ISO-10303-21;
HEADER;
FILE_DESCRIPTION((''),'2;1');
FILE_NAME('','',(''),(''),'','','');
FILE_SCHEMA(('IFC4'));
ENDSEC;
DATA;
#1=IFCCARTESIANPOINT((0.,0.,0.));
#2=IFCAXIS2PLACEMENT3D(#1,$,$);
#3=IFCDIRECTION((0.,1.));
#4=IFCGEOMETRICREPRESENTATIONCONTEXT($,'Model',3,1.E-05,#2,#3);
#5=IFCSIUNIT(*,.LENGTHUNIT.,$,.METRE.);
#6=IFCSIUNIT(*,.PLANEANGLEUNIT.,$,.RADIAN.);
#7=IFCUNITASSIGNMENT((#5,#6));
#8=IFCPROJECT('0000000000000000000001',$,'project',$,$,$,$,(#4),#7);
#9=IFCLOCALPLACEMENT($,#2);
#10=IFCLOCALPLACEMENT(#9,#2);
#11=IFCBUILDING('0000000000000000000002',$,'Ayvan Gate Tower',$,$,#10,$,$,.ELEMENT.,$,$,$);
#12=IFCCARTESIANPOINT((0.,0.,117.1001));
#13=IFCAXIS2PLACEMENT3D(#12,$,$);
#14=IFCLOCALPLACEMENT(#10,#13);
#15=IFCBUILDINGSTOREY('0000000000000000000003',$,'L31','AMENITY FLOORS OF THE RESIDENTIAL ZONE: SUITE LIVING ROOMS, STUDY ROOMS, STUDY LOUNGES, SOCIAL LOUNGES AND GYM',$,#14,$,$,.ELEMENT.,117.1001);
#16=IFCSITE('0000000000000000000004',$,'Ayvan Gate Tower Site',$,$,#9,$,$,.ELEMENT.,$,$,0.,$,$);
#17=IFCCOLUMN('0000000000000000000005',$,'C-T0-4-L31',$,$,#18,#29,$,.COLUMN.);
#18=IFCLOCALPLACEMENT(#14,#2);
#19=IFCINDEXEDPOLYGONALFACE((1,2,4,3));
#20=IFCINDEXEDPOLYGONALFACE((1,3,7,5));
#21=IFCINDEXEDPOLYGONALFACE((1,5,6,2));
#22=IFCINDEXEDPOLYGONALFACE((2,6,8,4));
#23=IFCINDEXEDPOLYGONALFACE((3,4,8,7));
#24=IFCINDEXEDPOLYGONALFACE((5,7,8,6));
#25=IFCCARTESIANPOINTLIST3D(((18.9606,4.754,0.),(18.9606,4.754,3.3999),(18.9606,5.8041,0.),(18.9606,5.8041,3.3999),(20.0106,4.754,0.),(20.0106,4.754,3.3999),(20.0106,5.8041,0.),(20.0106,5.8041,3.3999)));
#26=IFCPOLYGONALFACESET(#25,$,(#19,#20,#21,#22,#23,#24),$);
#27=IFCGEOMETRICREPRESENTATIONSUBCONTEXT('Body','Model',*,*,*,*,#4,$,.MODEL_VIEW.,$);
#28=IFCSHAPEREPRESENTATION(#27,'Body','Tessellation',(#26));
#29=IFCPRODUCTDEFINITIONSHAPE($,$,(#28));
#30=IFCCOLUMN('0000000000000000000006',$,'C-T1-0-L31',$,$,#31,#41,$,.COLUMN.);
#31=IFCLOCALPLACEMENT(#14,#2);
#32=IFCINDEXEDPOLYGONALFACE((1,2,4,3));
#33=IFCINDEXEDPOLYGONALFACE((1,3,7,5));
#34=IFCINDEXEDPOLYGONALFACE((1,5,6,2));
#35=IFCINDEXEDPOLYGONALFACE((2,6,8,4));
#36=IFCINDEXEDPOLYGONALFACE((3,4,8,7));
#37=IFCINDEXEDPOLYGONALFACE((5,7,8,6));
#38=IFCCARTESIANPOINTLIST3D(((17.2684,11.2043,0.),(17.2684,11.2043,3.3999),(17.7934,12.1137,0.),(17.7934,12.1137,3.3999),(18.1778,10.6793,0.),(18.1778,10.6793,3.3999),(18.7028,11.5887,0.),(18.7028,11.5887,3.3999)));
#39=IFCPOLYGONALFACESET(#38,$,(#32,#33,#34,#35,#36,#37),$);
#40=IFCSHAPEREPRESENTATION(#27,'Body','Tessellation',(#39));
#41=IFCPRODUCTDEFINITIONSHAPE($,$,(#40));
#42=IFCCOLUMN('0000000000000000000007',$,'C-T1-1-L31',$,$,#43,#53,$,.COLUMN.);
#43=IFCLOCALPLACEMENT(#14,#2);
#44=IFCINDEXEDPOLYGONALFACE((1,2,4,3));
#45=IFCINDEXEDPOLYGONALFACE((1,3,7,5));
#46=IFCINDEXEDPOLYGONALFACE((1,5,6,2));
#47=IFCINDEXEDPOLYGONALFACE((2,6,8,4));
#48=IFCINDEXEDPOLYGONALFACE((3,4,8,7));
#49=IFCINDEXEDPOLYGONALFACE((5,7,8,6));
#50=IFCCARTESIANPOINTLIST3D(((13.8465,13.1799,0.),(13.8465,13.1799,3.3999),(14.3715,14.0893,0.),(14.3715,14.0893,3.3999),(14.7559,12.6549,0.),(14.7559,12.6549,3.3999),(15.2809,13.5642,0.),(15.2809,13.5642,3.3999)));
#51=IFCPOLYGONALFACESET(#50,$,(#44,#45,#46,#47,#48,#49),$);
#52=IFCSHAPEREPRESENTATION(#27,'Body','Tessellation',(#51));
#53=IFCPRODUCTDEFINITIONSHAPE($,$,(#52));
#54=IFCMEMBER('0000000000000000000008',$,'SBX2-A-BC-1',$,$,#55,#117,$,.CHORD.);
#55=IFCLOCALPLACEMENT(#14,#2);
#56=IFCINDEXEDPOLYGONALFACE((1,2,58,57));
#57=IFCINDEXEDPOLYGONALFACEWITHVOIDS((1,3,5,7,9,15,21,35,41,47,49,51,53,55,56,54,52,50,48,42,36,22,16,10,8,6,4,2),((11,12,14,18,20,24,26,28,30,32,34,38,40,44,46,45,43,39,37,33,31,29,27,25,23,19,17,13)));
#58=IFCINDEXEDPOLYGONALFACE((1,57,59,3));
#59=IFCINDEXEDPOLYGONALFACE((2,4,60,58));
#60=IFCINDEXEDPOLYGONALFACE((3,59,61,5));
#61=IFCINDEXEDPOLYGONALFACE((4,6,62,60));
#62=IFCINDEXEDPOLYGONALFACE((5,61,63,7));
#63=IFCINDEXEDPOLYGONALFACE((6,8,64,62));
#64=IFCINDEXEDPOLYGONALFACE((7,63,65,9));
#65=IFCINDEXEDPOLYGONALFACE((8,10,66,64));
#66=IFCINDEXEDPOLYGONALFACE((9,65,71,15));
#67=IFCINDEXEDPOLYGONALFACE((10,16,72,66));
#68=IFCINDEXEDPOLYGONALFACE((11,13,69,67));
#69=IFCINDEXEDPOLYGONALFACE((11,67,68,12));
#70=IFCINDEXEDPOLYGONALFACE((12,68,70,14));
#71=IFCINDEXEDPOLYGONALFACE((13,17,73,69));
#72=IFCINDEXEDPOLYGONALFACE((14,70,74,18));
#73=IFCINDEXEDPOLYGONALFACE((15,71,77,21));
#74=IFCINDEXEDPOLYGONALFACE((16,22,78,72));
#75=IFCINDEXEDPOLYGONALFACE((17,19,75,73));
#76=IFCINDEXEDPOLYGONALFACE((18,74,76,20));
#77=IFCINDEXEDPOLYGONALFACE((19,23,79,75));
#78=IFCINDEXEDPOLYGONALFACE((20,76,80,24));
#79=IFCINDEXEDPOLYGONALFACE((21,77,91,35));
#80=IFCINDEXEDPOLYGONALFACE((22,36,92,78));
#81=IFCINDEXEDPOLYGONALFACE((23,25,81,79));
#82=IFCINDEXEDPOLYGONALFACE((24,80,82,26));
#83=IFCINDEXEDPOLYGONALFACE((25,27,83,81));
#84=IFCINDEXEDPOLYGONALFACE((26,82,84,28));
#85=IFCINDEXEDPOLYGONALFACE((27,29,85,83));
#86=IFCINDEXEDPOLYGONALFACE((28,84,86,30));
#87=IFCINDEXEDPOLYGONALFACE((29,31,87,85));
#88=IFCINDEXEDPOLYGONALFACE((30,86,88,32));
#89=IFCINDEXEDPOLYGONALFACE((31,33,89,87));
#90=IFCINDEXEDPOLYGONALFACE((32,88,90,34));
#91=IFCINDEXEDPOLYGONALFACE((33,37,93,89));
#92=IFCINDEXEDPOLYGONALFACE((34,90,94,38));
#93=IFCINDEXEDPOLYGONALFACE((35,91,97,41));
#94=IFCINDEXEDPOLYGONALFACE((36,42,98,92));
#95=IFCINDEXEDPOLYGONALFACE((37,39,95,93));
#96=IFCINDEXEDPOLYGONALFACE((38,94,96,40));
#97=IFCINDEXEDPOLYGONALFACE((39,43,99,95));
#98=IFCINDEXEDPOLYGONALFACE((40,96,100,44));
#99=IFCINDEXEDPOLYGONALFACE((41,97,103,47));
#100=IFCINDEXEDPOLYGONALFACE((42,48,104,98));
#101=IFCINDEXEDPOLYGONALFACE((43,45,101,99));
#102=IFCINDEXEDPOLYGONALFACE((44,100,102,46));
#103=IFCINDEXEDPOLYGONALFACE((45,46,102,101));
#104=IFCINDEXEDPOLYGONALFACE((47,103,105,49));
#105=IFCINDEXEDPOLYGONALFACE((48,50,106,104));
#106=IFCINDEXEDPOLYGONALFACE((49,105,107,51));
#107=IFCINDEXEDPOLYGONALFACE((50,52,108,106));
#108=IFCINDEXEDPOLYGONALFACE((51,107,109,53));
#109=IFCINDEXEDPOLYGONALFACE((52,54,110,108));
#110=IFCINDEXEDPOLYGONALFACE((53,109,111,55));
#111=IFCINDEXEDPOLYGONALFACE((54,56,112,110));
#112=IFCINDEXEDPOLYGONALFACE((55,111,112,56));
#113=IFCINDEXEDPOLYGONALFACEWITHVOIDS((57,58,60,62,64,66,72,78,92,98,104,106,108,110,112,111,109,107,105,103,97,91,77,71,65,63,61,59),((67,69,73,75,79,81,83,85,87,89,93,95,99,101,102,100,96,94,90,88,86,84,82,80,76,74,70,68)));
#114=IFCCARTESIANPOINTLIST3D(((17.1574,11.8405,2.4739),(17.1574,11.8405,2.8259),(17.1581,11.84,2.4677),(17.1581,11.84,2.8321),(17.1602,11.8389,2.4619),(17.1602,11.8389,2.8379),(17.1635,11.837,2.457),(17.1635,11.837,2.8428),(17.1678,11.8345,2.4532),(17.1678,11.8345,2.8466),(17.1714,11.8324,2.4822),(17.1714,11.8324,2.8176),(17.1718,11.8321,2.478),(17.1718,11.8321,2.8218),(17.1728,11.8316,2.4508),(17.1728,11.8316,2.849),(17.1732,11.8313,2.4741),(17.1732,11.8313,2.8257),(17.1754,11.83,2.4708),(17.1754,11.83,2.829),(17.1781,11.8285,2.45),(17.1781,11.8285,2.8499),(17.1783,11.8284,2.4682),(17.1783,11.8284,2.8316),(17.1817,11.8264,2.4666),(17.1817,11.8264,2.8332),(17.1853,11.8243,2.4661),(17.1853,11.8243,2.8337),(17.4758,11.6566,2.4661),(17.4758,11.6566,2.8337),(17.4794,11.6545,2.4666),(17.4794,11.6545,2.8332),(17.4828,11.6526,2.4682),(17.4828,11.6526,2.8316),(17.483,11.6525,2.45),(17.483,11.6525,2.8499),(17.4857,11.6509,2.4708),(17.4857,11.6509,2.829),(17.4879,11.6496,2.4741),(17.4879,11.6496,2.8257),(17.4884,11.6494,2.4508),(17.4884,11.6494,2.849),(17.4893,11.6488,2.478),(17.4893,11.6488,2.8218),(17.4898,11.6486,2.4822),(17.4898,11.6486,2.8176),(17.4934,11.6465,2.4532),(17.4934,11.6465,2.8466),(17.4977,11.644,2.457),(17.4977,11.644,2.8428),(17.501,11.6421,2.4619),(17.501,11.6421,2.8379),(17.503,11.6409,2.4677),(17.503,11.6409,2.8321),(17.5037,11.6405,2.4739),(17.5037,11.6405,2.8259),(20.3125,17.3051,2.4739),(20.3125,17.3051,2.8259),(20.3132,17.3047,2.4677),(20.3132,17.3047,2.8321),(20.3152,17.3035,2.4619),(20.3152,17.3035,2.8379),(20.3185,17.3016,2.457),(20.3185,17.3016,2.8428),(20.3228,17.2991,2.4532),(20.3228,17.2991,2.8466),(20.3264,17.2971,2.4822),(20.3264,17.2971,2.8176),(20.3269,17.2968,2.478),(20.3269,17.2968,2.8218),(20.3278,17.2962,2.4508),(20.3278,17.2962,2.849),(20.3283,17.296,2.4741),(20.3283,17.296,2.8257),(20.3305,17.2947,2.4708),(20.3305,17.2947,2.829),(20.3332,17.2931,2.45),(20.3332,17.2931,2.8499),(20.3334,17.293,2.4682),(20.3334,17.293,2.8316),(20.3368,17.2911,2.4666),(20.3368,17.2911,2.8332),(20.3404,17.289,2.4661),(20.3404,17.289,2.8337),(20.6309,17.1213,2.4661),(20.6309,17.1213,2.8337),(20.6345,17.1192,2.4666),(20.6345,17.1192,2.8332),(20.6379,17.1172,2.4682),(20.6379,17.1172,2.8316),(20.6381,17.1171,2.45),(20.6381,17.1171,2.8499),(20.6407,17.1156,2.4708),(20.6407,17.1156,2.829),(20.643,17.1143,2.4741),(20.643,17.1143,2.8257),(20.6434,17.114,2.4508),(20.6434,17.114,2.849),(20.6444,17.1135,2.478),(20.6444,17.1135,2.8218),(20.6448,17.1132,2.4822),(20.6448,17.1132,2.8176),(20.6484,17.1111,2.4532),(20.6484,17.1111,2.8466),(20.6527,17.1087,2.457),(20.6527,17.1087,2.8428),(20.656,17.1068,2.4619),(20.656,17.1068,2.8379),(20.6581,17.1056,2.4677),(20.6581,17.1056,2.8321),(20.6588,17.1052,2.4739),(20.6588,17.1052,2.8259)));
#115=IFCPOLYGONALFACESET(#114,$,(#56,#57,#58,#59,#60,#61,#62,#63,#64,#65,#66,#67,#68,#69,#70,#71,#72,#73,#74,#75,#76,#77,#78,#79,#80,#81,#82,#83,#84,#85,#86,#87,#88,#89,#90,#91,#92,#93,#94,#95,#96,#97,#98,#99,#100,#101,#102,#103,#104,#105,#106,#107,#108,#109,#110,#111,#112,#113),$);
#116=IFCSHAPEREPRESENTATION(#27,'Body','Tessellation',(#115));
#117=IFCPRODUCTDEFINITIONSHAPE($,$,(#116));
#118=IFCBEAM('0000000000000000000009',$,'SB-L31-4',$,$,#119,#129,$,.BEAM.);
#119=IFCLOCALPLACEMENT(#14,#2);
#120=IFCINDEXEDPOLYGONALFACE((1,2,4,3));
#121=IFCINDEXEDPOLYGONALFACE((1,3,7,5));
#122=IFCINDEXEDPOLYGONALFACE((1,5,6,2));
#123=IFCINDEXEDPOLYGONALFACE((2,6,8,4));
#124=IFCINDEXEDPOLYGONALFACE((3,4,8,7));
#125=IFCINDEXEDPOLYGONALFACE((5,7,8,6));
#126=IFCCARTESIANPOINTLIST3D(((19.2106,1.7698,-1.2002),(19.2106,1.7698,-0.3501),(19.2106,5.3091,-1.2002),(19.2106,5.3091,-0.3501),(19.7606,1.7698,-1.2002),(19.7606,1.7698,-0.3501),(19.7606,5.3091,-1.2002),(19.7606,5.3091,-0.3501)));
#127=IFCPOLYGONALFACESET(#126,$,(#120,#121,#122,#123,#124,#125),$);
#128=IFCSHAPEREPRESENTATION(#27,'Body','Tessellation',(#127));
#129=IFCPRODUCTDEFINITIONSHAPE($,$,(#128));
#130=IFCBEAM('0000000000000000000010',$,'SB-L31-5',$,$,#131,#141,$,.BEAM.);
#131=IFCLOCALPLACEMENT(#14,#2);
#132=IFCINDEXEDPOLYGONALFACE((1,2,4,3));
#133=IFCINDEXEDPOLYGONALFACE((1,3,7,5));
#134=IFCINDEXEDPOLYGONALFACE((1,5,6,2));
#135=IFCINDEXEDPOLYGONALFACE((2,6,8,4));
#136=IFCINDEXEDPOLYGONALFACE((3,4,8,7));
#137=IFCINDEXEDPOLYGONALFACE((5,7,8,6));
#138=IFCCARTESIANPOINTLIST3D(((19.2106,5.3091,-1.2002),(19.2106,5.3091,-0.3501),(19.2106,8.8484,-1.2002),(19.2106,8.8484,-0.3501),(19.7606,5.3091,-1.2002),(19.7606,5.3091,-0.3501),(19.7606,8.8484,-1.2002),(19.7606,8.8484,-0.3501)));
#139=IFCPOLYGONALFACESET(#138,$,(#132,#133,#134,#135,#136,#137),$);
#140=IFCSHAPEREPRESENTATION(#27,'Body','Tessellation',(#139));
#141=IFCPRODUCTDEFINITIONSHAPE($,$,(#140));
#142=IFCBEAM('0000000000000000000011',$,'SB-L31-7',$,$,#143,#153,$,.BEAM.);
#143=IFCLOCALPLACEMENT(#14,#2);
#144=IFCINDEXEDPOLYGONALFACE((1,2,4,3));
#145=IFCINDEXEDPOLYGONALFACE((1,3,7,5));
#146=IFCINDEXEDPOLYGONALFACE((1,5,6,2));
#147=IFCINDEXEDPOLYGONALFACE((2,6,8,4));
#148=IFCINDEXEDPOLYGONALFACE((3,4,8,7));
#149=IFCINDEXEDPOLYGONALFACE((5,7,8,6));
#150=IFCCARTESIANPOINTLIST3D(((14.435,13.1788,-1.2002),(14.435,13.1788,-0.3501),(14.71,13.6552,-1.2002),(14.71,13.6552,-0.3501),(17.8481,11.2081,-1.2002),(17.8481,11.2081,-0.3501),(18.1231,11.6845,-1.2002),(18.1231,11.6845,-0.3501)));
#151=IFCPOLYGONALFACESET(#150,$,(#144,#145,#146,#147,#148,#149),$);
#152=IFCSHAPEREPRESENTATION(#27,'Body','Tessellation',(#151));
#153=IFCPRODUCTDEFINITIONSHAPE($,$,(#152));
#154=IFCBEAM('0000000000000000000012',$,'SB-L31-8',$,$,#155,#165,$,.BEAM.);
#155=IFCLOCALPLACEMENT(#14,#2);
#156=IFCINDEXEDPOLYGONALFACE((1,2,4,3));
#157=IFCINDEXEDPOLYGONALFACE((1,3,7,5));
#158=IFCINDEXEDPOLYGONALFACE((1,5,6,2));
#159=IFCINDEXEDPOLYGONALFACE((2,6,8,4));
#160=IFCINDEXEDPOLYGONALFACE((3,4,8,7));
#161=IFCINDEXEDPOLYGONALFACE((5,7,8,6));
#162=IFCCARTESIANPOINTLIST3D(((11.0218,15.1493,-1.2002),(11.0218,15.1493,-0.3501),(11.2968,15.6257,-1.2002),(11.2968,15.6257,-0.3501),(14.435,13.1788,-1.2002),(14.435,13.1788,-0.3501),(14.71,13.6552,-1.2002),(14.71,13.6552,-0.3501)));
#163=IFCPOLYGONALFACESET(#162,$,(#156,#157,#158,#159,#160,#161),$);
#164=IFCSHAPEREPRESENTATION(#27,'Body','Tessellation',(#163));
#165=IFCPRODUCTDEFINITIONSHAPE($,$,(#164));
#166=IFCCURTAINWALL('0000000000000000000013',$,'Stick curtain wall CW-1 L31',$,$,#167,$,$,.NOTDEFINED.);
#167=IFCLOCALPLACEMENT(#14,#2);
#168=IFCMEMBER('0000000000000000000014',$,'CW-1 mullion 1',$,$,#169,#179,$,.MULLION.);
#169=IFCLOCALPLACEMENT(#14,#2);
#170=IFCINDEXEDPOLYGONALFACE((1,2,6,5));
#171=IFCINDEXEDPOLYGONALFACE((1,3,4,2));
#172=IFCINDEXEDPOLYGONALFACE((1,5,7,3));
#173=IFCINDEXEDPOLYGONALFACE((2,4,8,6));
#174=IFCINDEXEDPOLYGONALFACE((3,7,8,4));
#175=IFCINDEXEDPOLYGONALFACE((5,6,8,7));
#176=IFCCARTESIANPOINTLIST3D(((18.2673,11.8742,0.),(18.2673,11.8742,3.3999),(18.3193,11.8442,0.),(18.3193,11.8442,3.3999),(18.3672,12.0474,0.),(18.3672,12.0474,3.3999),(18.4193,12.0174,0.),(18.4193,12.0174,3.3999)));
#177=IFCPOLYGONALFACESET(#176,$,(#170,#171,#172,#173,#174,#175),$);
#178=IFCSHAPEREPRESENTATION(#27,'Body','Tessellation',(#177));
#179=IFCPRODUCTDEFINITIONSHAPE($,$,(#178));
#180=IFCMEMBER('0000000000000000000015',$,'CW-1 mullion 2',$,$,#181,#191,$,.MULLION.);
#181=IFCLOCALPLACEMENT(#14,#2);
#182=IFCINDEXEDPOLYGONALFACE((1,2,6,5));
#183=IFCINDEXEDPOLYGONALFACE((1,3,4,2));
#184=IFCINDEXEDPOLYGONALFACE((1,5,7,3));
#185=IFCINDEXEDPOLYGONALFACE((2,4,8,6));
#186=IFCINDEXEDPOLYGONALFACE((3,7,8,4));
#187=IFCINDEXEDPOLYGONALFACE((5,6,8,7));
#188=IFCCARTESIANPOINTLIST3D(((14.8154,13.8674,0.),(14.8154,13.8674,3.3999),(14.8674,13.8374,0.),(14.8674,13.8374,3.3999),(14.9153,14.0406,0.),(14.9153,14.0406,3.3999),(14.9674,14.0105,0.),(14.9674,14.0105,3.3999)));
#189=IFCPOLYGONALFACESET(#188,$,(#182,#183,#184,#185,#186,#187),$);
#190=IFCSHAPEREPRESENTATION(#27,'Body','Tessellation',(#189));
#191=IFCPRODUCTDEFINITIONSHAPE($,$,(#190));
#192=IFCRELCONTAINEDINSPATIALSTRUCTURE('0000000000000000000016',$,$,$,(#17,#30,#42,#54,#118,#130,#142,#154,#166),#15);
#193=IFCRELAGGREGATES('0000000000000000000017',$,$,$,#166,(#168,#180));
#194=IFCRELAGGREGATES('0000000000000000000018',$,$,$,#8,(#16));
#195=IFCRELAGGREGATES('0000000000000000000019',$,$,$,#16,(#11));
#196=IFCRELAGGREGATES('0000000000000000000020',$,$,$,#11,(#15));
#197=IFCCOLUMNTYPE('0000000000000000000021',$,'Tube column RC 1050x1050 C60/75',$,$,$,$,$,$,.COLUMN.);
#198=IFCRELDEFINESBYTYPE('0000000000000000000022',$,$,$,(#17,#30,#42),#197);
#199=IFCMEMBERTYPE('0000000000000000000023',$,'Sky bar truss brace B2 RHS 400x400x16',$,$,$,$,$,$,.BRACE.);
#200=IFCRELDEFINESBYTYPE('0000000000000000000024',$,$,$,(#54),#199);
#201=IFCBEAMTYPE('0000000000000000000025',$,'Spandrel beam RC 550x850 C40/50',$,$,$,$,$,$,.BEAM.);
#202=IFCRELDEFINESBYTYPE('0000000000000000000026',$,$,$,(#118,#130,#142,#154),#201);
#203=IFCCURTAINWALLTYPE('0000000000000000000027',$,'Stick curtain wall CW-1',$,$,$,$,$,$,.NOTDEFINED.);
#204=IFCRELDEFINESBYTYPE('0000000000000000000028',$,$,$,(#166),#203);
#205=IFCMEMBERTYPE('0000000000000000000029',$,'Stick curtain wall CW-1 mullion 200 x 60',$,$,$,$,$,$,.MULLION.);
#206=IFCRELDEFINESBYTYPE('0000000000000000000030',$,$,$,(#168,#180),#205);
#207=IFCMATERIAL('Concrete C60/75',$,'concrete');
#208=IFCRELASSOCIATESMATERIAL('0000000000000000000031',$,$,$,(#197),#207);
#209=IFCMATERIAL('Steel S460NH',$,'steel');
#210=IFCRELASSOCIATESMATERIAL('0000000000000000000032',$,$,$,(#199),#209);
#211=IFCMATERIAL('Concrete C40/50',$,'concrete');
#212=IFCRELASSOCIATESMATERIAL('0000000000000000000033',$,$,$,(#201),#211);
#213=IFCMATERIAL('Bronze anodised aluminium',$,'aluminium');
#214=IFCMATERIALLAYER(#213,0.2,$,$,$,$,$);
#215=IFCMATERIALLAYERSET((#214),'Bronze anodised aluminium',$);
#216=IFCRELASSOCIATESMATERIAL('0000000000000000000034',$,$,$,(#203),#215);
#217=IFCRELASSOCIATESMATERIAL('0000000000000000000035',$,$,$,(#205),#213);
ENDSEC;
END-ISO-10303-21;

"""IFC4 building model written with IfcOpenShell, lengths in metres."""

from ifc_helpers import new_model, si_unit, direction, frame, origin, origin_2d, place, context, subcontext, project, spatial, rectangle, hollow_rectangle, extrude, material, layer, layer_set, material_profile, profile_set, type_object, element, aggregate, save


model = new_model("IFC4")

# Units and contexts
model_context = context("Model", 3, precision=1e-05, world=origin(), true_north=direction((0.0, 1.0)))
body_context = subcontext(model_context, "Body", "Model", "MODEL_VIEW")
ifc_project = project(units=[si_unit("LENGTHUNIT", "METRE"), si_unit("PLANEANGLEUNIT", "RADIAN")], contexts=[model_context])

# Site, building, storey
site_placement = place(None, origin())
site = spatial("IfcSite", under=ifc_project, at=site_placement, Name="Ayvan Gate Tower Site", CompositionType="ELEMENT", RefElevation=0.0)
building_placement = place(site_placement, origin())
building = spatial("IfcBuilding", under=site, at=building_placement, Name="Ayvan Gate Tower", CompositionType="ELEMENT")
storey_placement = place(building_placement, frame((0.0, 0.0, 117.1001)))
storey = spatial("IfcBuildingStorey", under=building, at=storey_placement, Name="L31", Description="AMENITY FLOORS OF THE RESIDENTIAL ZONE: SUITE LIVING ROOMS, STUDY ROOMS, STUDY LOUNGES, SOCIAL LOUNGES AND GYM", CompositionType="ELEMENT", Elevation=117.1001)

# Columns
ifc_material_1 = material(Name="Concrete C60/75", Category="concrete")
ifc_material_profile_1 = material_profile(ifc_material_1, rectangle(XDim=1.05, YDim=1.05, at=origin_2d()), Name="RC 1050x1050")
ifc_profile_set_1 = profile_set([ifc_material_profile_1], Name="Concrete C60/75")
column_type = type_object("IfcColumnType", Name="Tube column RC 1050x1050 C60/75", PredefinedType="COLUMN", material=ifc_profile_set_1)
for number, where, z_axis, x_axis, name in (
    (1, (19.4856, 5.2791, 0.0), (0.0, 0.0, 1.0), (1.0, 0.0, 0.0), "C-T0-4-L31"),
    (2, (17.9856, 11.3965, 0.0), (0.0, 0.0, 1.0), (0.5, 0.866025, 0.0), "C-T1-0-L31"),
    (3, (14.5637, 13.3721, 0.0), (0.0, 0.0, 1.0), (0.5, 0.866025, 0.0), "C-T1-1-L31"),
):
    element("IfcColumn", number, at=place(storey_placement, frame(where, z_axis=z_axis, x_axis=x_axis)), inside=storey, type_object=column_type, Name=name, PredefinedType="COLUMN", context=body_context, shape_type="SweptSolid", body=[
        extrude(rectangle(XDim=1.05, YDim=1.05, at=origin_2d()), origin(), (0.0, 0.0, 1.0), 3.3999),
    ])

# Member
ifc_material_2 = material(Name="Steel S460NH", Category="steel")
ifc_material_profile_2 = material_profile(ifc_material_2, hollow_rectangle(XDim=0.3999, YDim=0.3999, WallThickness=0.0161, InnerFilletRadius=0.0161, OuterFilletRadius=0.0239, at=origin_2d()), Name="RHS 400x400x16")
ifc_profile_set_2 = profile_set([ifc_material_profile_2], Name="Steel S460NH")
member_type_1 = type_object("IfcMemberType", Name="Sky bar truss brace B2 RHS 400x400x16", PredefinedType="BRACE", material=ifc_profile_set_2)
member_1_placement = place(storey_placement, frame((17.3306, 11.7405, 2.6499), z_axis=(0.500005, 0.866023, 0.0), x_axis=(-0.866023, 0.500005, 0.0)))
element("IfcMember", 4, at=member_1_placement, inside=storey, type_object=member_type_1, Name="SBX2-A-BC-1", PredefinedType="CHORD", context=body_context, shape_type="SweptSolid", body=[
    extrude(hollow_rectangle(XDim=0.3999, YDim=0.3999, WallThickness=0.0161, InnerFilletRadius=0.0161, OuterFilletRadius=0.0239, at=origin_2d()), origin(), (0.0, 0.0, 1.0), 6.3101),
])

# Beams
ifc_material_3 = material(Name="Concrete C40/50", Category="concrete")
ifc_material_profile_3 = material_profile(ifc_material_3, rectangle(XDim=0.55, YDim=0.8501, at=origin_2d()), Name="RC 550x850")
ifc_profile_set_3 = profile_set([ifc_material_profile_3], Name="Concrete C40/50")
beam_type = type_object("IfcBeamType", Name="Spandrel beam RC 550x850 C40/50", PredefinedType="BEAM", material=ifc_profile_set_3)
for number, where, z_axis, x_axis, name in (
    (5, (19.4856, 1.7698, -0.7751), (0.0, 1.0, 0.0), (-1.0, 0.0, 0.0), "SB-L31-4"),
    (6, (19.4856, 5.3091, -0.7751), (0.0, 1.0, 0.0), (-1.0, 0.0, 0.0), "SB-L31-5"),
):
    element("IfcBeam", number, at=place(storey_placement, frame(where, z_axis=z_axis, x_axis=x_axis)), inside=storey, type_object=beam_type, Name=name, PredefinedType="BEAM", context=body_context, shape_type="SweptSolid", body=[
        extrude(rectangle(XDim=0.55, YDim=0.8501, at=origin_2d()), origin(), (0.0, 0.0, 1.0), 3.5393),
    ])
for number, where, z_axis, x_axis, name in (
    (7, (17.9856, 11.4463, -0.7751), (-0.866008, 0.50003, 0.0), (-0.50003, -0.866008, 0.0), "SB-L31-7"),
    (8, (14.5725, 13.417, -0.7751), (-0.866035, 0.499983, 0.0), (-0.499983, -0.866035, 0.0), "SB-L31-8"),
):
    element("IfcBeam", number, at=place(storey_placement, frame(where, z_axis=z_axis, x_axis=x_axis)), inside=storey, type_object=beam_type, Name=name, PredefinedType="BEAM", context=body_context, shape_type="SweptSolid", body=[
        extrude(rectangle(XDim=0.55, YDim=0.8501, at=origin_2d()), origin(), (0.0, 0.0, 1.0), 3.9412),
    ])

# Curtain wall, members
ifc_material_4 = material(Name="Bronze anodised aluminium", Category="aluminium")
ifc_layer_1 = layer(ifc_material_4, 0.2)
ifc_layer_set_1 = layer_set([ifc_layer_1], Name="Bronze anodised aluminium")
curtain_wall_type_1 = type_object("IfcCurtainWallType", Name="Stick curtain wall CW-1", PredefinedType="NOTDEFINED", material=ifc_layer_set_1)
curtain_wall_1_placement = place(storey_placement, origin())
curtain_wall_1 = element("IfcCurtainWall", 9, at=curtain_wall_1_placement, inside=storey, type_object=curtain_wall_type_1, Name="Stick curtain wall CW-1 L31", PredefinedType="NOTDEFINED")
ifc_material_profile_4 = material_profile(ifc_material_4, rectangle(XDim=0.2, YDim=0.0601, at=origin_2d()), Name="Stick curtain wall CW-1 mullion 200 x 60")
ifc_profile_set_4 = profile_set([ifc_material_profile_4], Name="Bronze anodised aluminium")
member_type_2 = type_object("IfcMemberType", Name="Stick curtain wall CW-1 mullion 200 x 60", PredefinedType="MULLION", material=ifc_profile_set_4)
member_2_placement = place(storey_placement, frame((18.3433, 11.9458, 0.0), z_axis=(0.0, 0.0, 1.0), x_axis=(0.5, 0.866025, 0.0)))
member_2 = element("IfcMember", 10, at=member_2_placement, type_object=member_type_2, Name="CW-1 mullion 1", PredefinedType="MULLION", context=body_context, shape_type="SweptSolid", body=[
    extrude(rectangle(XDim=0.2, YDim=0.0601, at=origin_2d()), origin(), (0.0, 0.0, 1.0), 3.3999),
])
member_3_placement = place(storey_placement, frame((14.8914, 13.939, 0.0), z_axis=(0.0, 0.0, 1.0), x_axis=(0.5, 0.866025, 0.0)))
member_3 = element("IfcMember", 11, at=member_3_placement, type_object=member_type_2, Name="CW-1 mullion 2", PredefinedType="MULLION", context=body_context, shape_type="SweptSolid", body=[
    extrude(rectangle(XDim=0.2, YDim=0.0601, at=origin_2d()), origin(), (0.0, 0.0, 1.0), 3.3999),
])

aggregate(curtain_wall_1, [member_2, member_3])

save(model, "model.ifc")
